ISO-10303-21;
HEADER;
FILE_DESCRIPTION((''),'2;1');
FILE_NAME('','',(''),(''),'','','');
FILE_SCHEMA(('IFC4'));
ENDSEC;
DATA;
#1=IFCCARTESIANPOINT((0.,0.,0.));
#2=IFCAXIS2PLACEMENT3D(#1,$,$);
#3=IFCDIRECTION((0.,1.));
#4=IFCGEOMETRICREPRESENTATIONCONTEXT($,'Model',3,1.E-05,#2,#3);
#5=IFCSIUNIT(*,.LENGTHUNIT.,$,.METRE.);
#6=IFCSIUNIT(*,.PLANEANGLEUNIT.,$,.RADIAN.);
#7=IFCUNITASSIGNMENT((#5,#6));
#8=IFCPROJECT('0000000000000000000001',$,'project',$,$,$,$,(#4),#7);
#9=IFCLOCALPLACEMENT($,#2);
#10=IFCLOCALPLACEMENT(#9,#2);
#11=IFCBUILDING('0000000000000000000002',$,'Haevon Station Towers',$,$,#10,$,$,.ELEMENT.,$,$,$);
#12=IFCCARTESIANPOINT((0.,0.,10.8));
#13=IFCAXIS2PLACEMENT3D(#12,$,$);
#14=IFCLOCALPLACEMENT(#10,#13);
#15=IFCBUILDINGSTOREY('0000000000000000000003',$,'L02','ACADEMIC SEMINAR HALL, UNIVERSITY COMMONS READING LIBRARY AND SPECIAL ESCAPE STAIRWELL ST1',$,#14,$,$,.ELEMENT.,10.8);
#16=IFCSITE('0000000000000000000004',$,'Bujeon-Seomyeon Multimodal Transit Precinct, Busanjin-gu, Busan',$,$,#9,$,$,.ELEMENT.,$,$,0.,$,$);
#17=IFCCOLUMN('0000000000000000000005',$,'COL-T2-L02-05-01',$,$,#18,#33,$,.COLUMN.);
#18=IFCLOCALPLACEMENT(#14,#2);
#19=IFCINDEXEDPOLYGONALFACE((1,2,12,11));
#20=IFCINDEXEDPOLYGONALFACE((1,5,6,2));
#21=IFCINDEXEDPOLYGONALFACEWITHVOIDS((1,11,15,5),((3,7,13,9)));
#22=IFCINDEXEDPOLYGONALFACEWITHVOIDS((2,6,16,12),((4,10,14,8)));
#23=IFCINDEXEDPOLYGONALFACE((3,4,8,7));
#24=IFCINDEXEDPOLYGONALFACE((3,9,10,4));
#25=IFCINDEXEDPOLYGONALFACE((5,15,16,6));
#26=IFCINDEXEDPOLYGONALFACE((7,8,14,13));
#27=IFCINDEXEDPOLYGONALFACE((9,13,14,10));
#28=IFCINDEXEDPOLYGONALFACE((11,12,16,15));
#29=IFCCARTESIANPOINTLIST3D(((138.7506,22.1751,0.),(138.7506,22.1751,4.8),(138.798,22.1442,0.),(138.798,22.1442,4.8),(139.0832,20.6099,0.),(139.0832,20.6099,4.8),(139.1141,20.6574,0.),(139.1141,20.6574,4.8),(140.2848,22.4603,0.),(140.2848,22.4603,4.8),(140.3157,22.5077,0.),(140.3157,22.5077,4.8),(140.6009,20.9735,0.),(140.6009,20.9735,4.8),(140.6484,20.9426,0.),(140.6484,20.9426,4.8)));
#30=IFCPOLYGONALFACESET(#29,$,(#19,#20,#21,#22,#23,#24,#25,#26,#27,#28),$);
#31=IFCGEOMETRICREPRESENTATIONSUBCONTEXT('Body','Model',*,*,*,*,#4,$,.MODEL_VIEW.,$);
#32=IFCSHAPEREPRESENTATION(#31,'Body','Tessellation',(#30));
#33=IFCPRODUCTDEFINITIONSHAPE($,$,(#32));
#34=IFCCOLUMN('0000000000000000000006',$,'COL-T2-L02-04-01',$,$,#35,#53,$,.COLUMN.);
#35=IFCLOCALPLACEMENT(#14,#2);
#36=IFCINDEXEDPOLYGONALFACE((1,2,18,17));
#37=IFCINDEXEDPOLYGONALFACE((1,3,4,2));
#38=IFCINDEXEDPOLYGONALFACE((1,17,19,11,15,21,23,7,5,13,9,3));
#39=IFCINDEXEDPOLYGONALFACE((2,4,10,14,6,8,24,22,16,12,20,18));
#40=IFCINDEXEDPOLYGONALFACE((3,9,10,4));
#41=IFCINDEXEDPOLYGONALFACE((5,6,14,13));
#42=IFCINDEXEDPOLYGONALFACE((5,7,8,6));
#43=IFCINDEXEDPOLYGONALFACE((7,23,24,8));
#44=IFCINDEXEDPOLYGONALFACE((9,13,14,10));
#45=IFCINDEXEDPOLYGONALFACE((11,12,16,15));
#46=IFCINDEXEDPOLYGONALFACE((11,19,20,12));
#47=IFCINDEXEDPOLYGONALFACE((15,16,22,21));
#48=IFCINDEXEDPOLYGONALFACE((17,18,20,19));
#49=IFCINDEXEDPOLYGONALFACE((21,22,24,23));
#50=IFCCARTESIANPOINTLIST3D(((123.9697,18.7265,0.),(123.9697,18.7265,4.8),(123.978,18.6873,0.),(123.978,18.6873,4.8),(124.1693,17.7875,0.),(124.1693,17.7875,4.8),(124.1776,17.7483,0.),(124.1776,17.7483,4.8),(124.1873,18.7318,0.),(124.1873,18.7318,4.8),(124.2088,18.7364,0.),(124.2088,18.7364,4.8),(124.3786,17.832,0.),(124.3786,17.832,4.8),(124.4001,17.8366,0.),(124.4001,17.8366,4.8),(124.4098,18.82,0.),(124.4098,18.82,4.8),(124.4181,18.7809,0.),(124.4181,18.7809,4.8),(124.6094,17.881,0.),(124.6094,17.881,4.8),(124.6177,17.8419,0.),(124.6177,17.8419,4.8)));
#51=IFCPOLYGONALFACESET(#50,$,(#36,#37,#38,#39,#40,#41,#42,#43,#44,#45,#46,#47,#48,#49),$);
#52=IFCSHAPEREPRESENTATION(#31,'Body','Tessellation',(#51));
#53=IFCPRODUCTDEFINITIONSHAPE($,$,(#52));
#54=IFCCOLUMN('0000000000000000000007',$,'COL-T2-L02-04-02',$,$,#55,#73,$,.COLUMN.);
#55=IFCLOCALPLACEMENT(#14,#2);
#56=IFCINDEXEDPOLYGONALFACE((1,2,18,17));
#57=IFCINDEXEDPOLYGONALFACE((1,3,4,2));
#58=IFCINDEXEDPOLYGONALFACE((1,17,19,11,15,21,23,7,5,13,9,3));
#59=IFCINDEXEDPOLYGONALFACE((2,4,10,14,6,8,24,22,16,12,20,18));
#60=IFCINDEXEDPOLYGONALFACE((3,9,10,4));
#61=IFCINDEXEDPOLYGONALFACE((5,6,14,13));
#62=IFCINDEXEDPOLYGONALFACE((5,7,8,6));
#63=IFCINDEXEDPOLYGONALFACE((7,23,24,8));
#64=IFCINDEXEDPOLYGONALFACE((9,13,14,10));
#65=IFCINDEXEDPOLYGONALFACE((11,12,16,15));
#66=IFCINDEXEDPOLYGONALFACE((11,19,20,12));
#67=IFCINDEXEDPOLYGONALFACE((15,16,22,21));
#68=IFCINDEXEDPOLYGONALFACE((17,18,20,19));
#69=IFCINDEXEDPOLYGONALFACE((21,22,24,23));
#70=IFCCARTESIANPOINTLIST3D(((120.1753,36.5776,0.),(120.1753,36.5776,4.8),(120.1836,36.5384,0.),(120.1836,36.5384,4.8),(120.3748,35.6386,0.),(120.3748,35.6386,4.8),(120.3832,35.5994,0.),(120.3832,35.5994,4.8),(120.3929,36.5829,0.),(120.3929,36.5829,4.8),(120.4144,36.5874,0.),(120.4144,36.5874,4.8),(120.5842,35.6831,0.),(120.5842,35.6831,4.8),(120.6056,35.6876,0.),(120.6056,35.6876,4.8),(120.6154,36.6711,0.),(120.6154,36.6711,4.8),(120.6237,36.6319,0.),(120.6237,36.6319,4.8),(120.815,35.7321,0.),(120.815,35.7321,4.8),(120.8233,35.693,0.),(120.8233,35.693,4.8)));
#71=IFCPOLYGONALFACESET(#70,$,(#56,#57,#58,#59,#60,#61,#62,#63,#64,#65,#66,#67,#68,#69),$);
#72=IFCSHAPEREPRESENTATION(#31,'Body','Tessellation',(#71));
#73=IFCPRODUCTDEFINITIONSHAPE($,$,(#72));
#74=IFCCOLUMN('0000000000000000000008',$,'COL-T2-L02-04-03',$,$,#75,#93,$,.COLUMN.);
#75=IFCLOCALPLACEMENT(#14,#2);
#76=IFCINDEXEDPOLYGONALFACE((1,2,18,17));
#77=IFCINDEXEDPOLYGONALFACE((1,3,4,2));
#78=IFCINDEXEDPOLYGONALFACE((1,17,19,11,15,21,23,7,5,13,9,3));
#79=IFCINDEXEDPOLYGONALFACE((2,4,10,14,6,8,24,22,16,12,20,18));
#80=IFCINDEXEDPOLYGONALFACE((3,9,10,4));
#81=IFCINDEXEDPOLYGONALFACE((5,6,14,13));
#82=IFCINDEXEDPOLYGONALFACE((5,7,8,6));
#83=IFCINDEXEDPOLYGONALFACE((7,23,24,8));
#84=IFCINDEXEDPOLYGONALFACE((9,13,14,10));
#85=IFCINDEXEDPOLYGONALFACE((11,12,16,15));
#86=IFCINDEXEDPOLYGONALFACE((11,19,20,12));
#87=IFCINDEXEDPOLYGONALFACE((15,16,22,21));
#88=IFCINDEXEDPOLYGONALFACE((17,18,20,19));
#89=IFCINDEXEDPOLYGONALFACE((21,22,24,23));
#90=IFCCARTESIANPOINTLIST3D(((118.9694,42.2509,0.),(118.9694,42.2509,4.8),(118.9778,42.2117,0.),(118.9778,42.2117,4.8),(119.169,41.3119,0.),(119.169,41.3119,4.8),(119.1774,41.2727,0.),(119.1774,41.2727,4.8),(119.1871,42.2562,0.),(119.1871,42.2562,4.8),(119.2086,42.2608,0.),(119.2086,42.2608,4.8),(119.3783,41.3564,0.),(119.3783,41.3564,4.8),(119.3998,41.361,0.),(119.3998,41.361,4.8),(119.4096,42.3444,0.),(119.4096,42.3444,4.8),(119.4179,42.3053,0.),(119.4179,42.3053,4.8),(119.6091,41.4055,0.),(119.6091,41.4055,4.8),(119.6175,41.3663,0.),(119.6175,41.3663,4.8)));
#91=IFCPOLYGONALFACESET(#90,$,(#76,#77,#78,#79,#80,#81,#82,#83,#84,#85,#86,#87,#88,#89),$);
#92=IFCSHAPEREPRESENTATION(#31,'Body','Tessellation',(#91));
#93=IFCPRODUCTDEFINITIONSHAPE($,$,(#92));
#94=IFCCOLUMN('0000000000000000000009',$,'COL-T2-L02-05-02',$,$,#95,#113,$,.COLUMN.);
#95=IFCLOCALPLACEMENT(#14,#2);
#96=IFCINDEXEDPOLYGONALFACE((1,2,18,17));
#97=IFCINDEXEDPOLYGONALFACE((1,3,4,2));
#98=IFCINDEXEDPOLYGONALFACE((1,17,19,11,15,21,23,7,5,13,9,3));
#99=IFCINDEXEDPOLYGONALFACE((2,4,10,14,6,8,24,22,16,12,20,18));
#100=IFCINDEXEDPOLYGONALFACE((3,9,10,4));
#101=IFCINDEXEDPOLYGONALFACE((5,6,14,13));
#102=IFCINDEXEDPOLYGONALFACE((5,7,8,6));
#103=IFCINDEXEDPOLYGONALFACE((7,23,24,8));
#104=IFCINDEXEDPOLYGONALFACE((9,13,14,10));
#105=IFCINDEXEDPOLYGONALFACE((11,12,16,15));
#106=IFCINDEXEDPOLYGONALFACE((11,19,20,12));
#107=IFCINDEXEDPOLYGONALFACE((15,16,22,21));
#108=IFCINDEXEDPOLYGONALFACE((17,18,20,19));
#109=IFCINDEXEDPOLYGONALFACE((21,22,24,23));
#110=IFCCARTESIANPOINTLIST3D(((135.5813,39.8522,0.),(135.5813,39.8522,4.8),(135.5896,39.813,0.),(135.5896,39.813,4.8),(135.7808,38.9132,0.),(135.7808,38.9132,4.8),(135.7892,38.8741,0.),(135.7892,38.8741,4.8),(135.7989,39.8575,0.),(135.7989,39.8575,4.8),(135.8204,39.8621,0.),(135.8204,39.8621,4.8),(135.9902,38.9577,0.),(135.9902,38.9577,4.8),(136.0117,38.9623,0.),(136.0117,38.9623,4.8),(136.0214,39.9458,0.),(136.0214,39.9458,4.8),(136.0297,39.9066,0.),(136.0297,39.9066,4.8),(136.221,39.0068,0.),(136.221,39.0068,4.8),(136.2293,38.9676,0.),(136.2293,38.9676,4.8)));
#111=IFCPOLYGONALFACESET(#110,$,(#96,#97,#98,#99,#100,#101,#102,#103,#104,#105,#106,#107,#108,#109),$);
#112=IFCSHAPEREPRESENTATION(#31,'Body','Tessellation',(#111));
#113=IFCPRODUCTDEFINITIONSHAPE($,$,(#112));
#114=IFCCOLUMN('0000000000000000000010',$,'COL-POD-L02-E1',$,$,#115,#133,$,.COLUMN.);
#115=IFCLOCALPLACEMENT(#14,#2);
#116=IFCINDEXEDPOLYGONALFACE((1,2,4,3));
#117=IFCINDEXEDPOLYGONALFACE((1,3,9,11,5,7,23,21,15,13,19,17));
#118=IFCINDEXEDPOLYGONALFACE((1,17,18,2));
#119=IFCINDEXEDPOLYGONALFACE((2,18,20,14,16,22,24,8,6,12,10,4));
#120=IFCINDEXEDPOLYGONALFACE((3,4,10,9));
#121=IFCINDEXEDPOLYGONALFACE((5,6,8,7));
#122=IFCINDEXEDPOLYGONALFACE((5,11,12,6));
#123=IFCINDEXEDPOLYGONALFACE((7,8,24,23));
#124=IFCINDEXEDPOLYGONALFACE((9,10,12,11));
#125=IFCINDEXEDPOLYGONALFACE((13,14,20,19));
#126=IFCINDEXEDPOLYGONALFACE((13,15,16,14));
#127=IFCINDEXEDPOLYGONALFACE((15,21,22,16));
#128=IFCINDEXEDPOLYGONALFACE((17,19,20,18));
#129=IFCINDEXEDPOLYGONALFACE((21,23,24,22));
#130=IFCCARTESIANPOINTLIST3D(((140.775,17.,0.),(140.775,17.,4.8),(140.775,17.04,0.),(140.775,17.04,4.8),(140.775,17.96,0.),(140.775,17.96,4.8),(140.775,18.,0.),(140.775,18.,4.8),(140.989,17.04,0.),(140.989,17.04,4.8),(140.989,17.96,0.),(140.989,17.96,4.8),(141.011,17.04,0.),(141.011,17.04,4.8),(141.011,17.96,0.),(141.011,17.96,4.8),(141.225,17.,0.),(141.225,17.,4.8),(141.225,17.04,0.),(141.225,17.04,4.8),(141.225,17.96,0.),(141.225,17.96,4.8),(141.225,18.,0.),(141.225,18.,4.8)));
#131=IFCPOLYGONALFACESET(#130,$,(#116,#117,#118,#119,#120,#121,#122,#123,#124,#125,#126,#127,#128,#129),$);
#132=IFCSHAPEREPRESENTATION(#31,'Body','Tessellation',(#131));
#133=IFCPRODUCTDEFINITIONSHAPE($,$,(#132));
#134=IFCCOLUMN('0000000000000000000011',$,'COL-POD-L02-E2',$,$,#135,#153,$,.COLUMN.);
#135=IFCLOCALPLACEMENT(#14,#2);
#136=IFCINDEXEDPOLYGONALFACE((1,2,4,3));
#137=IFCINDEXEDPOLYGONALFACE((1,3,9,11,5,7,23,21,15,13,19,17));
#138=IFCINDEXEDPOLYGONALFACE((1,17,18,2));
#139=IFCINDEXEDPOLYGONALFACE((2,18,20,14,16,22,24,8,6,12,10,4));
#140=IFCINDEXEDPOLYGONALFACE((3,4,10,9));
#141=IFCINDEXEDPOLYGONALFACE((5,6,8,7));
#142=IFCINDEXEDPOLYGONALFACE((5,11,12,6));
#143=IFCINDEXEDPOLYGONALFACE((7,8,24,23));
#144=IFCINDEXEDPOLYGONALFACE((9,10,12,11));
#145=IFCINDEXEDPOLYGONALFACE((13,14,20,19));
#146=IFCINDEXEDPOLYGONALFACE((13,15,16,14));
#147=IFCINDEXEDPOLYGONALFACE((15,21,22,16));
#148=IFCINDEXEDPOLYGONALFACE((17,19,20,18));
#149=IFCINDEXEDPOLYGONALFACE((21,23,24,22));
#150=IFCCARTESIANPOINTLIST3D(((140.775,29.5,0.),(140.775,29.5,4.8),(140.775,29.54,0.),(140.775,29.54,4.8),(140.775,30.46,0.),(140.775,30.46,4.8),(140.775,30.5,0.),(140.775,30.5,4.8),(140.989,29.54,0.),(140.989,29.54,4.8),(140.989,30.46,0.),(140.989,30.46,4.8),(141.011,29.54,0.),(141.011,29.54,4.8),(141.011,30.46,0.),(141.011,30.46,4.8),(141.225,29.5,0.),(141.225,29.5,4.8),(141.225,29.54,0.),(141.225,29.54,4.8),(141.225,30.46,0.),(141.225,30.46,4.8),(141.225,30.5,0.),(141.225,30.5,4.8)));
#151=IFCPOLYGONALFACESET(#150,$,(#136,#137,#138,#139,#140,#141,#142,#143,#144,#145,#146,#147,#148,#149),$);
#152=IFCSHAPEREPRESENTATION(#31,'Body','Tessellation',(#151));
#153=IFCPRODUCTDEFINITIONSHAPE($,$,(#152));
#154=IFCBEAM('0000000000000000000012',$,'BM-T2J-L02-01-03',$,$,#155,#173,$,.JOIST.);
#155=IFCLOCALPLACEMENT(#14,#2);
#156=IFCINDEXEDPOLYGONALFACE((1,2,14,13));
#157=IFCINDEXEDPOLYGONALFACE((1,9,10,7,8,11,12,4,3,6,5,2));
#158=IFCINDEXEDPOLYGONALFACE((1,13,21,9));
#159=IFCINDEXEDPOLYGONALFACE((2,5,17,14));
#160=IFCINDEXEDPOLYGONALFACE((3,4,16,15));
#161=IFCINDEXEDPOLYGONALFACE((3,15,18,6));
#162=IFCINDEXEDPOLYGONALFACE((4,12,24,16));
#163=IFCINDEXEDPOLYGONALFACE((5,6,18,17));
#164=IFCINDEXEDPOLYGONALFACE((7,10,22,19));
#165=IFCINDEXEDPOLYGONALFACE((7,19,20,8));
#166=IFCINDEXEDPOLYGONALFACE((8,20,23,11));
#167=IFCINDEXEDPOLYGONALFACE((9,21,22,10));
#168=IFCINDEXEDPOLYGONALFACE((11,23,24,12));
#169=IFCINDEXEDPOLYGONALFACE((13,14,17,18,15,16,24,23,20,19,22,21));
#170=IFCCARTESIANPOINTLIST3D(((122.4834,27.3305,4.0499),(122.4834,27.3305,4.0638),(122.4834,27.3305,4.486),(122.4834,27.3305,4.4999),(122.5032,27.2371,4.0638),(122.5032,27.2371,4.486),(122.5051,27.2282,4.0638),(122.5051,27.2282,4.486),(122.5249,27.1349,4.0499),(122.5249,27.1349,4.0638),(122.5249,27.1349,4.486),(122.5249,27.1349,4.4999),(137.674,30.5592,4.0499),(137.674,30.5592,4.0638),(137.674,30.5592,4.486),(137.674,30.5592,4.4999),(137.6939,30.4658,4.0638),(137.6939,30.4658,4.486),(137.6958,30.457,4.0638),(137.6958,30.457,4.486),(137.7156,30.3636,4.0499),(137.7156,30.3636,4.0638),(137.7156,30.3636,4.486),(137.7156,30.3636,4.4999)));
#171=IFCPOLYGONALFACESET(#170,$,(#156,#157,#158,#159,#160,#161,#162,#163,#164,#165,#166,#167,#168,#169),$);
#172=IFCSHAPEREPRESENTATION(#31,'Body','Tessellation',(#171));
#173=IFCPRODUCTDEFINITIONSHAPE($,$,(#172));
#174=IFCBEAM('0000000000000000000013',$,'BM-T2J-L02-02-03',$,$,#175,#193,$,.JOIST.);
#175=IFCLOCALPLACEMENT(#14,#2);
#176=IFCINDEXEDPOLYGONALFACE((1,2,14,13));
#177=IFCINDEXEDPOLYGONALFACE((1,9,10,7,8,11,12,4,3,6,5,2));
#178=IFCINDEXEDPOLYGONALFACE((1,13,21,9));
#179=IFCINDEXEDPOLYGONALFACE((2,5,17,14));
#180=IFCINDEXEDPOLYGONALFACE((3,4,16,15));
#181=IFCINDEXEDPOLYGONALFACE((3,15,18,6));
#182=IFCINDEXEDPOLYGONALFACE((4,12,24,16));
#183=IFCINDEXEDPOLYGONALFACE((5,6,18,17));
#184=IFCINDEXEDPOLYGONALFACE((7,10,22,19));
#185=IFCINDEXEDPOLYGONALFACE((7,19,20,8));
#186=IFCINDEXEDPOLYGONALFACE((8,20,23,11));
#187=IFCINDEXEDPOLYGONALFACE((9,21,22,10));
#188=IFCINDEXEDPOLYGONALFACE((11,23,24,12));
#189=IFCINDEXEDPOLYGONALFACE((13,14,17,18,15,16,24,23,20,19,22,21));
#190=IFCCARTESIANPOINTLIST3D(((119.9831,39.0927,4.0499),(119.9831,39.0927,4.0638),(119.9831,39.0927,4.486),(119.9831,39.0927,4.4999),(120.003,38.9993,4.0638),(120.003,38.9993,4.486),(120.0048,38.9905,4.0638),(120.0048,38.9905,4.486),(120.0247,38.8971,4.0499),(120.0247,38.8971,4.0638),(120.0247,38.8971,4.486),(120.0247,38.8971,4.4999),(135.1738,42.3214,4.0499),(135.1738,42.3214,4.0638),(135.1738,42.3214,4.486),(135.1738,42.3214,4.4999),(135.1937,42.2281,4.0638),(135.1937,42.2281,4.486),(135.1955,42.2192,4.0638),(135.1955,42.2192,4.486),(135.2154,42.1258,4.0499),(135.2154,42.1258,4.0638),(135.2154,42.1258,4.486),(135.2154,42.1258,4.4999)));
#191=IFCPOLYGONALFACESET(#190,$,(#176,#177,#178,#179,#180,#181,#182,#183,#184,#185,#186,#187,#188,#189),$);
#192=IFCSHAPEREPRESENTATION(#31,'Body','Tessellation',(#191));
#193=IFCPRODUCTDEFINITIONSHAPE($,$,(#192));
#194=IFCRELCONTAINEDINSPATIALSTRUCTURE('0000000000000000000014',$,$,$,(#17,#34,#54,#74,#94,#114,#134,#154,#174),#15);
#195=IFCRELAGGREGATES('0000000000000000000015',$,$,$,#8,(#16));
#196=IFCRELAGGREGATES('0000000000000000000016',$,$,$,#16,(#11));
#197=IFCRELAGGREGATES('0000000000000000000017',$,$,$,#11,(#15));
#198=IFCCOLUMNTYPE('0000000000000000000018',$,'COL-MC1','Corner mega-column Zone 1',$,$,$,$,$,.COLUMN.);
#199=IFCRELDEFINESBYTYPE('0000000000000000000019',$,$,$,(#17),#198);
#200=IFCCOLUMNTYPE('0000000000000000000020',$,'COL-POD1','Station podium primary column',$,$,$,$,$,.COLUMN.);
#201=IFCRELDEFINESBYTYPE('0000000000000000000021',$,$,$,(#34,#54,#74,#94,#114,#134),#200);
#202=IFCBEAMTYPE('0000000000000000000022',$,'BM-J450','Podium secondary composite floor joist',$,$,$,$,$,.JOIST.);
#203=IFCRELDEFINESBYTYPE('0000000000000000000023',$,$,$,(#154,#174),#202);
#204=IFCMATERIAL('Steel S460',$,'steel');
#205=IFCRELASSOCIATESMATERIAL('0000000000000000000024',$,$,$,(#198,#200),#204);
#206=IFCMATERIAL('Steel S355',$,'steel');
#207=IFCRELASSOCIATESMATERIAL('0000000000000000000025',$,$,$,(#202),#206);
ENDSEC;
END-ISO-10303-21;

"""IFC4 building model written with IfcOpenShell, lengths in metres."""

from ifc_helpers import new_model, si_unit, direction, frame, origin, origin_2d, place, context, subcontext, project, spatial, hollow_rectangle, i_section, extrude, material, material_profile, profile_set, type_object, element, save


model = new_model("IFC4")

# Units and contexts
model_context = context("Model", 3, precision=1e-05, world=origin(), true_north=direction((0.0, 1.0)))
body_context = subcontext(model_context, "Body", "Model", "MODEL_VIEW")
ifc_project = project(units=[si_unit("LENGTHUNIT", "METRE"), si_unit("PLANEANGLEUNIT", "RADIAN")], contexts=[model_context])

# Site, building, storey
site_placement = place(None, origin())
site = spatial("IfcSite", under=ifc_project, at=site_placement, Name="Bujeon-Seomyeon Multimodal Transit Precinct, Busanjin-gu, Busan", CompositionType="ELEMENT", RefElevation=0.0)
building_placement = place(site_placement, origin())
building = spatial("IfcBuilding", under=site, at=building_placement, Name="Haevon Station Towers", CompositionType="ELEMENT")
storey_placement = place(building_placement, frame((0.0, 0.0, 10.8)))
storey = spatial("IfcBuildingStorey", under=building, at=storey_placement, Name="L02", Description="ACADEMIC SEMINAR HALL, UNIVERSITY COMMONS READING LIBRARY AND SPECIAL ESCAPE STAIRWELL ST1", CompositionType="ELEMENT", Elevation=10.8)

# Columns
ifc_material_1 = material(Name="Steel S460", Category="steel")
ifc_material_profile_1 = material_profile(ifc_material_1, hollow_rectangle(XDim=1.6001, YDim=1.6001, WallThickness=0.04, at=origin_2d()), Name="BOX-1600x1600x40")
ifc_profile_set_1 = profile_set([ifc_material_profile_1], Name="Steel S460")
column_type_1 = type_object("IfcColumnType", Name="COL-MC1", Description="Corner mega-column Zone 1", PredefinedType="COLUMN", material=ifc_profile_set_1)
column_placement = place(storey_placement, frame((139.6995, 21.5588, 0.0), z_axis=(0.0, 0.0, 1.0), x_axis=(0.978148, 0.207912, 0.0)))
element("IfcColumn", 1, at=column_placement, inside=storey, type_object=column_type_1, Name="COL-T2-L02-05-01", PredefinedType="COLUMN", context=body_context, shape_type="SweptSolid", body=[
    extrude(hollow_rectangle(XDim=1.6001, YDim=1.6001, WallThickness=0.04, at=origin_2d()), origin(), (0.0, 0.0, 1.0), 4.8),
])
ifc_material_profile_2 = material_profile(ifc_material_1, i_section(OverallWidth=0.45, OverallDepth=1.0, WebThickness=0.022, FlangeThickness=0.04, at=origin_2d()), Name="H-1000x450x22x40")
ifc_profile_set_2 = profile_set([ifc_material_profile_2], Name="Steel S460")
column_type_2 = type_object("IfcColumnType", Name="COL-POD1", Description="Station podium primary column", PredefinedType="COLUMN", material=ifc_profile_set_2)
for number, where, z_axis, x_axis, name in (
    (2, (124.2937, 18.2842, 0.0), (0.0, 0.0, 1.0), (0.978148, 0.207912, 0.0), "COL-T2-L02-04-01"),
    (3, (120.4993, 36.1353, 0.0), (0.0, 0.0, 1.0), (0.978148, 0.207912, 0.0), "COL-T2-L02-04-02"),
    (4, (119.2935, 41.8086, 0.0), (0.0, 0.0, 1.0), (0.978148, 0.207912, 0.0), "COL-T2-L02-04-03"),
    (5, (135.9053, 39.4099, 0.0), (0.0, 0.0, 1.0), (0.978148, 0.207912, 0.0), "COL-T2-L02-05-02"),
    (6, (141.0, 17.5, 0.0), (0.0, 0.0, 1.0), (1.0, 0.0, 0.0), "COL-POD-L02-E1"),
    (7, (141.0, 30.0, 0.0), (0.0, 0.0, 1.0), (1.0, 0.0, 0.0), "COL-POD-L02-E2"),
):
    element("IfcColumn", number, at=place(storey_placement, frame(where, z_axis=z_axis, x_axis=x_axis)), inside=storey, type_object=column_type_2, Name=name, PredefinedType="COLUMN", context=body_context, shape_type="SweptSolid", body=[
        extrude(i_section(OverallWidth=0.45, OverallDepth=1.0, WebThickness=0.022, FlangeThickness=0.04, at=origin_2d()), origin(), (0.0, 0.0, 1.0), 4.8),
    ])

# Beams
ifc_material_2 = material(Name="Steel S355", Category="steel")
ifc_material_profile_3 = material_profile(ifc_material_2, i_section(OverallWidth=0.2, OverallDepth=0.45, WebThickness=0.009, FlangeThickness=0.0139, at=origin_2d()), Name="H-450x200x9x14")
ifc_profile_set_3 = profile_set([ifc_material_profile_3], Name="Steel S355")
beam_type_1 = type_object("IfcBeamType", Name="BM-J450", Description="Podium secondary composite floor joist", PredefinedType="JOIST", material=ifc_profile_set_3)
for number, where, z_axis, x_axis, name in (
    (8, (122.5042, 27.2327, 4.2749), (0.978149, 0.207904, 0.0), (-0.207904, 0.978149, 0.0), "BM-T2J-L02-01-03"),
    (9, (120.0039, 38.9949, 4.2749), (0.978149, 0.207904, 0.0), (-0.207904, 0.978149, 0.0), "BM-T2J-L02-02-03"),
):
    element("IfcBeam", number, at=place(storey_placement, frame(where, z_axis=z_axis, x_axis=x_axis)), inside=storey, type_object=beam_type_1, Name=name, PredefinedType="JOIST", context=body_context, shape_type="SweptSolid", body=[
        extrude(i_section(OverallWidth=0.2, OverallDepth=0.45, WebThickness=0.009, FlangeThickness=0.0139, at=origin_2d()), origin(), (0.0, 0.0, 1.0), 15.53),
    ])

save(model, "model.ifc")
